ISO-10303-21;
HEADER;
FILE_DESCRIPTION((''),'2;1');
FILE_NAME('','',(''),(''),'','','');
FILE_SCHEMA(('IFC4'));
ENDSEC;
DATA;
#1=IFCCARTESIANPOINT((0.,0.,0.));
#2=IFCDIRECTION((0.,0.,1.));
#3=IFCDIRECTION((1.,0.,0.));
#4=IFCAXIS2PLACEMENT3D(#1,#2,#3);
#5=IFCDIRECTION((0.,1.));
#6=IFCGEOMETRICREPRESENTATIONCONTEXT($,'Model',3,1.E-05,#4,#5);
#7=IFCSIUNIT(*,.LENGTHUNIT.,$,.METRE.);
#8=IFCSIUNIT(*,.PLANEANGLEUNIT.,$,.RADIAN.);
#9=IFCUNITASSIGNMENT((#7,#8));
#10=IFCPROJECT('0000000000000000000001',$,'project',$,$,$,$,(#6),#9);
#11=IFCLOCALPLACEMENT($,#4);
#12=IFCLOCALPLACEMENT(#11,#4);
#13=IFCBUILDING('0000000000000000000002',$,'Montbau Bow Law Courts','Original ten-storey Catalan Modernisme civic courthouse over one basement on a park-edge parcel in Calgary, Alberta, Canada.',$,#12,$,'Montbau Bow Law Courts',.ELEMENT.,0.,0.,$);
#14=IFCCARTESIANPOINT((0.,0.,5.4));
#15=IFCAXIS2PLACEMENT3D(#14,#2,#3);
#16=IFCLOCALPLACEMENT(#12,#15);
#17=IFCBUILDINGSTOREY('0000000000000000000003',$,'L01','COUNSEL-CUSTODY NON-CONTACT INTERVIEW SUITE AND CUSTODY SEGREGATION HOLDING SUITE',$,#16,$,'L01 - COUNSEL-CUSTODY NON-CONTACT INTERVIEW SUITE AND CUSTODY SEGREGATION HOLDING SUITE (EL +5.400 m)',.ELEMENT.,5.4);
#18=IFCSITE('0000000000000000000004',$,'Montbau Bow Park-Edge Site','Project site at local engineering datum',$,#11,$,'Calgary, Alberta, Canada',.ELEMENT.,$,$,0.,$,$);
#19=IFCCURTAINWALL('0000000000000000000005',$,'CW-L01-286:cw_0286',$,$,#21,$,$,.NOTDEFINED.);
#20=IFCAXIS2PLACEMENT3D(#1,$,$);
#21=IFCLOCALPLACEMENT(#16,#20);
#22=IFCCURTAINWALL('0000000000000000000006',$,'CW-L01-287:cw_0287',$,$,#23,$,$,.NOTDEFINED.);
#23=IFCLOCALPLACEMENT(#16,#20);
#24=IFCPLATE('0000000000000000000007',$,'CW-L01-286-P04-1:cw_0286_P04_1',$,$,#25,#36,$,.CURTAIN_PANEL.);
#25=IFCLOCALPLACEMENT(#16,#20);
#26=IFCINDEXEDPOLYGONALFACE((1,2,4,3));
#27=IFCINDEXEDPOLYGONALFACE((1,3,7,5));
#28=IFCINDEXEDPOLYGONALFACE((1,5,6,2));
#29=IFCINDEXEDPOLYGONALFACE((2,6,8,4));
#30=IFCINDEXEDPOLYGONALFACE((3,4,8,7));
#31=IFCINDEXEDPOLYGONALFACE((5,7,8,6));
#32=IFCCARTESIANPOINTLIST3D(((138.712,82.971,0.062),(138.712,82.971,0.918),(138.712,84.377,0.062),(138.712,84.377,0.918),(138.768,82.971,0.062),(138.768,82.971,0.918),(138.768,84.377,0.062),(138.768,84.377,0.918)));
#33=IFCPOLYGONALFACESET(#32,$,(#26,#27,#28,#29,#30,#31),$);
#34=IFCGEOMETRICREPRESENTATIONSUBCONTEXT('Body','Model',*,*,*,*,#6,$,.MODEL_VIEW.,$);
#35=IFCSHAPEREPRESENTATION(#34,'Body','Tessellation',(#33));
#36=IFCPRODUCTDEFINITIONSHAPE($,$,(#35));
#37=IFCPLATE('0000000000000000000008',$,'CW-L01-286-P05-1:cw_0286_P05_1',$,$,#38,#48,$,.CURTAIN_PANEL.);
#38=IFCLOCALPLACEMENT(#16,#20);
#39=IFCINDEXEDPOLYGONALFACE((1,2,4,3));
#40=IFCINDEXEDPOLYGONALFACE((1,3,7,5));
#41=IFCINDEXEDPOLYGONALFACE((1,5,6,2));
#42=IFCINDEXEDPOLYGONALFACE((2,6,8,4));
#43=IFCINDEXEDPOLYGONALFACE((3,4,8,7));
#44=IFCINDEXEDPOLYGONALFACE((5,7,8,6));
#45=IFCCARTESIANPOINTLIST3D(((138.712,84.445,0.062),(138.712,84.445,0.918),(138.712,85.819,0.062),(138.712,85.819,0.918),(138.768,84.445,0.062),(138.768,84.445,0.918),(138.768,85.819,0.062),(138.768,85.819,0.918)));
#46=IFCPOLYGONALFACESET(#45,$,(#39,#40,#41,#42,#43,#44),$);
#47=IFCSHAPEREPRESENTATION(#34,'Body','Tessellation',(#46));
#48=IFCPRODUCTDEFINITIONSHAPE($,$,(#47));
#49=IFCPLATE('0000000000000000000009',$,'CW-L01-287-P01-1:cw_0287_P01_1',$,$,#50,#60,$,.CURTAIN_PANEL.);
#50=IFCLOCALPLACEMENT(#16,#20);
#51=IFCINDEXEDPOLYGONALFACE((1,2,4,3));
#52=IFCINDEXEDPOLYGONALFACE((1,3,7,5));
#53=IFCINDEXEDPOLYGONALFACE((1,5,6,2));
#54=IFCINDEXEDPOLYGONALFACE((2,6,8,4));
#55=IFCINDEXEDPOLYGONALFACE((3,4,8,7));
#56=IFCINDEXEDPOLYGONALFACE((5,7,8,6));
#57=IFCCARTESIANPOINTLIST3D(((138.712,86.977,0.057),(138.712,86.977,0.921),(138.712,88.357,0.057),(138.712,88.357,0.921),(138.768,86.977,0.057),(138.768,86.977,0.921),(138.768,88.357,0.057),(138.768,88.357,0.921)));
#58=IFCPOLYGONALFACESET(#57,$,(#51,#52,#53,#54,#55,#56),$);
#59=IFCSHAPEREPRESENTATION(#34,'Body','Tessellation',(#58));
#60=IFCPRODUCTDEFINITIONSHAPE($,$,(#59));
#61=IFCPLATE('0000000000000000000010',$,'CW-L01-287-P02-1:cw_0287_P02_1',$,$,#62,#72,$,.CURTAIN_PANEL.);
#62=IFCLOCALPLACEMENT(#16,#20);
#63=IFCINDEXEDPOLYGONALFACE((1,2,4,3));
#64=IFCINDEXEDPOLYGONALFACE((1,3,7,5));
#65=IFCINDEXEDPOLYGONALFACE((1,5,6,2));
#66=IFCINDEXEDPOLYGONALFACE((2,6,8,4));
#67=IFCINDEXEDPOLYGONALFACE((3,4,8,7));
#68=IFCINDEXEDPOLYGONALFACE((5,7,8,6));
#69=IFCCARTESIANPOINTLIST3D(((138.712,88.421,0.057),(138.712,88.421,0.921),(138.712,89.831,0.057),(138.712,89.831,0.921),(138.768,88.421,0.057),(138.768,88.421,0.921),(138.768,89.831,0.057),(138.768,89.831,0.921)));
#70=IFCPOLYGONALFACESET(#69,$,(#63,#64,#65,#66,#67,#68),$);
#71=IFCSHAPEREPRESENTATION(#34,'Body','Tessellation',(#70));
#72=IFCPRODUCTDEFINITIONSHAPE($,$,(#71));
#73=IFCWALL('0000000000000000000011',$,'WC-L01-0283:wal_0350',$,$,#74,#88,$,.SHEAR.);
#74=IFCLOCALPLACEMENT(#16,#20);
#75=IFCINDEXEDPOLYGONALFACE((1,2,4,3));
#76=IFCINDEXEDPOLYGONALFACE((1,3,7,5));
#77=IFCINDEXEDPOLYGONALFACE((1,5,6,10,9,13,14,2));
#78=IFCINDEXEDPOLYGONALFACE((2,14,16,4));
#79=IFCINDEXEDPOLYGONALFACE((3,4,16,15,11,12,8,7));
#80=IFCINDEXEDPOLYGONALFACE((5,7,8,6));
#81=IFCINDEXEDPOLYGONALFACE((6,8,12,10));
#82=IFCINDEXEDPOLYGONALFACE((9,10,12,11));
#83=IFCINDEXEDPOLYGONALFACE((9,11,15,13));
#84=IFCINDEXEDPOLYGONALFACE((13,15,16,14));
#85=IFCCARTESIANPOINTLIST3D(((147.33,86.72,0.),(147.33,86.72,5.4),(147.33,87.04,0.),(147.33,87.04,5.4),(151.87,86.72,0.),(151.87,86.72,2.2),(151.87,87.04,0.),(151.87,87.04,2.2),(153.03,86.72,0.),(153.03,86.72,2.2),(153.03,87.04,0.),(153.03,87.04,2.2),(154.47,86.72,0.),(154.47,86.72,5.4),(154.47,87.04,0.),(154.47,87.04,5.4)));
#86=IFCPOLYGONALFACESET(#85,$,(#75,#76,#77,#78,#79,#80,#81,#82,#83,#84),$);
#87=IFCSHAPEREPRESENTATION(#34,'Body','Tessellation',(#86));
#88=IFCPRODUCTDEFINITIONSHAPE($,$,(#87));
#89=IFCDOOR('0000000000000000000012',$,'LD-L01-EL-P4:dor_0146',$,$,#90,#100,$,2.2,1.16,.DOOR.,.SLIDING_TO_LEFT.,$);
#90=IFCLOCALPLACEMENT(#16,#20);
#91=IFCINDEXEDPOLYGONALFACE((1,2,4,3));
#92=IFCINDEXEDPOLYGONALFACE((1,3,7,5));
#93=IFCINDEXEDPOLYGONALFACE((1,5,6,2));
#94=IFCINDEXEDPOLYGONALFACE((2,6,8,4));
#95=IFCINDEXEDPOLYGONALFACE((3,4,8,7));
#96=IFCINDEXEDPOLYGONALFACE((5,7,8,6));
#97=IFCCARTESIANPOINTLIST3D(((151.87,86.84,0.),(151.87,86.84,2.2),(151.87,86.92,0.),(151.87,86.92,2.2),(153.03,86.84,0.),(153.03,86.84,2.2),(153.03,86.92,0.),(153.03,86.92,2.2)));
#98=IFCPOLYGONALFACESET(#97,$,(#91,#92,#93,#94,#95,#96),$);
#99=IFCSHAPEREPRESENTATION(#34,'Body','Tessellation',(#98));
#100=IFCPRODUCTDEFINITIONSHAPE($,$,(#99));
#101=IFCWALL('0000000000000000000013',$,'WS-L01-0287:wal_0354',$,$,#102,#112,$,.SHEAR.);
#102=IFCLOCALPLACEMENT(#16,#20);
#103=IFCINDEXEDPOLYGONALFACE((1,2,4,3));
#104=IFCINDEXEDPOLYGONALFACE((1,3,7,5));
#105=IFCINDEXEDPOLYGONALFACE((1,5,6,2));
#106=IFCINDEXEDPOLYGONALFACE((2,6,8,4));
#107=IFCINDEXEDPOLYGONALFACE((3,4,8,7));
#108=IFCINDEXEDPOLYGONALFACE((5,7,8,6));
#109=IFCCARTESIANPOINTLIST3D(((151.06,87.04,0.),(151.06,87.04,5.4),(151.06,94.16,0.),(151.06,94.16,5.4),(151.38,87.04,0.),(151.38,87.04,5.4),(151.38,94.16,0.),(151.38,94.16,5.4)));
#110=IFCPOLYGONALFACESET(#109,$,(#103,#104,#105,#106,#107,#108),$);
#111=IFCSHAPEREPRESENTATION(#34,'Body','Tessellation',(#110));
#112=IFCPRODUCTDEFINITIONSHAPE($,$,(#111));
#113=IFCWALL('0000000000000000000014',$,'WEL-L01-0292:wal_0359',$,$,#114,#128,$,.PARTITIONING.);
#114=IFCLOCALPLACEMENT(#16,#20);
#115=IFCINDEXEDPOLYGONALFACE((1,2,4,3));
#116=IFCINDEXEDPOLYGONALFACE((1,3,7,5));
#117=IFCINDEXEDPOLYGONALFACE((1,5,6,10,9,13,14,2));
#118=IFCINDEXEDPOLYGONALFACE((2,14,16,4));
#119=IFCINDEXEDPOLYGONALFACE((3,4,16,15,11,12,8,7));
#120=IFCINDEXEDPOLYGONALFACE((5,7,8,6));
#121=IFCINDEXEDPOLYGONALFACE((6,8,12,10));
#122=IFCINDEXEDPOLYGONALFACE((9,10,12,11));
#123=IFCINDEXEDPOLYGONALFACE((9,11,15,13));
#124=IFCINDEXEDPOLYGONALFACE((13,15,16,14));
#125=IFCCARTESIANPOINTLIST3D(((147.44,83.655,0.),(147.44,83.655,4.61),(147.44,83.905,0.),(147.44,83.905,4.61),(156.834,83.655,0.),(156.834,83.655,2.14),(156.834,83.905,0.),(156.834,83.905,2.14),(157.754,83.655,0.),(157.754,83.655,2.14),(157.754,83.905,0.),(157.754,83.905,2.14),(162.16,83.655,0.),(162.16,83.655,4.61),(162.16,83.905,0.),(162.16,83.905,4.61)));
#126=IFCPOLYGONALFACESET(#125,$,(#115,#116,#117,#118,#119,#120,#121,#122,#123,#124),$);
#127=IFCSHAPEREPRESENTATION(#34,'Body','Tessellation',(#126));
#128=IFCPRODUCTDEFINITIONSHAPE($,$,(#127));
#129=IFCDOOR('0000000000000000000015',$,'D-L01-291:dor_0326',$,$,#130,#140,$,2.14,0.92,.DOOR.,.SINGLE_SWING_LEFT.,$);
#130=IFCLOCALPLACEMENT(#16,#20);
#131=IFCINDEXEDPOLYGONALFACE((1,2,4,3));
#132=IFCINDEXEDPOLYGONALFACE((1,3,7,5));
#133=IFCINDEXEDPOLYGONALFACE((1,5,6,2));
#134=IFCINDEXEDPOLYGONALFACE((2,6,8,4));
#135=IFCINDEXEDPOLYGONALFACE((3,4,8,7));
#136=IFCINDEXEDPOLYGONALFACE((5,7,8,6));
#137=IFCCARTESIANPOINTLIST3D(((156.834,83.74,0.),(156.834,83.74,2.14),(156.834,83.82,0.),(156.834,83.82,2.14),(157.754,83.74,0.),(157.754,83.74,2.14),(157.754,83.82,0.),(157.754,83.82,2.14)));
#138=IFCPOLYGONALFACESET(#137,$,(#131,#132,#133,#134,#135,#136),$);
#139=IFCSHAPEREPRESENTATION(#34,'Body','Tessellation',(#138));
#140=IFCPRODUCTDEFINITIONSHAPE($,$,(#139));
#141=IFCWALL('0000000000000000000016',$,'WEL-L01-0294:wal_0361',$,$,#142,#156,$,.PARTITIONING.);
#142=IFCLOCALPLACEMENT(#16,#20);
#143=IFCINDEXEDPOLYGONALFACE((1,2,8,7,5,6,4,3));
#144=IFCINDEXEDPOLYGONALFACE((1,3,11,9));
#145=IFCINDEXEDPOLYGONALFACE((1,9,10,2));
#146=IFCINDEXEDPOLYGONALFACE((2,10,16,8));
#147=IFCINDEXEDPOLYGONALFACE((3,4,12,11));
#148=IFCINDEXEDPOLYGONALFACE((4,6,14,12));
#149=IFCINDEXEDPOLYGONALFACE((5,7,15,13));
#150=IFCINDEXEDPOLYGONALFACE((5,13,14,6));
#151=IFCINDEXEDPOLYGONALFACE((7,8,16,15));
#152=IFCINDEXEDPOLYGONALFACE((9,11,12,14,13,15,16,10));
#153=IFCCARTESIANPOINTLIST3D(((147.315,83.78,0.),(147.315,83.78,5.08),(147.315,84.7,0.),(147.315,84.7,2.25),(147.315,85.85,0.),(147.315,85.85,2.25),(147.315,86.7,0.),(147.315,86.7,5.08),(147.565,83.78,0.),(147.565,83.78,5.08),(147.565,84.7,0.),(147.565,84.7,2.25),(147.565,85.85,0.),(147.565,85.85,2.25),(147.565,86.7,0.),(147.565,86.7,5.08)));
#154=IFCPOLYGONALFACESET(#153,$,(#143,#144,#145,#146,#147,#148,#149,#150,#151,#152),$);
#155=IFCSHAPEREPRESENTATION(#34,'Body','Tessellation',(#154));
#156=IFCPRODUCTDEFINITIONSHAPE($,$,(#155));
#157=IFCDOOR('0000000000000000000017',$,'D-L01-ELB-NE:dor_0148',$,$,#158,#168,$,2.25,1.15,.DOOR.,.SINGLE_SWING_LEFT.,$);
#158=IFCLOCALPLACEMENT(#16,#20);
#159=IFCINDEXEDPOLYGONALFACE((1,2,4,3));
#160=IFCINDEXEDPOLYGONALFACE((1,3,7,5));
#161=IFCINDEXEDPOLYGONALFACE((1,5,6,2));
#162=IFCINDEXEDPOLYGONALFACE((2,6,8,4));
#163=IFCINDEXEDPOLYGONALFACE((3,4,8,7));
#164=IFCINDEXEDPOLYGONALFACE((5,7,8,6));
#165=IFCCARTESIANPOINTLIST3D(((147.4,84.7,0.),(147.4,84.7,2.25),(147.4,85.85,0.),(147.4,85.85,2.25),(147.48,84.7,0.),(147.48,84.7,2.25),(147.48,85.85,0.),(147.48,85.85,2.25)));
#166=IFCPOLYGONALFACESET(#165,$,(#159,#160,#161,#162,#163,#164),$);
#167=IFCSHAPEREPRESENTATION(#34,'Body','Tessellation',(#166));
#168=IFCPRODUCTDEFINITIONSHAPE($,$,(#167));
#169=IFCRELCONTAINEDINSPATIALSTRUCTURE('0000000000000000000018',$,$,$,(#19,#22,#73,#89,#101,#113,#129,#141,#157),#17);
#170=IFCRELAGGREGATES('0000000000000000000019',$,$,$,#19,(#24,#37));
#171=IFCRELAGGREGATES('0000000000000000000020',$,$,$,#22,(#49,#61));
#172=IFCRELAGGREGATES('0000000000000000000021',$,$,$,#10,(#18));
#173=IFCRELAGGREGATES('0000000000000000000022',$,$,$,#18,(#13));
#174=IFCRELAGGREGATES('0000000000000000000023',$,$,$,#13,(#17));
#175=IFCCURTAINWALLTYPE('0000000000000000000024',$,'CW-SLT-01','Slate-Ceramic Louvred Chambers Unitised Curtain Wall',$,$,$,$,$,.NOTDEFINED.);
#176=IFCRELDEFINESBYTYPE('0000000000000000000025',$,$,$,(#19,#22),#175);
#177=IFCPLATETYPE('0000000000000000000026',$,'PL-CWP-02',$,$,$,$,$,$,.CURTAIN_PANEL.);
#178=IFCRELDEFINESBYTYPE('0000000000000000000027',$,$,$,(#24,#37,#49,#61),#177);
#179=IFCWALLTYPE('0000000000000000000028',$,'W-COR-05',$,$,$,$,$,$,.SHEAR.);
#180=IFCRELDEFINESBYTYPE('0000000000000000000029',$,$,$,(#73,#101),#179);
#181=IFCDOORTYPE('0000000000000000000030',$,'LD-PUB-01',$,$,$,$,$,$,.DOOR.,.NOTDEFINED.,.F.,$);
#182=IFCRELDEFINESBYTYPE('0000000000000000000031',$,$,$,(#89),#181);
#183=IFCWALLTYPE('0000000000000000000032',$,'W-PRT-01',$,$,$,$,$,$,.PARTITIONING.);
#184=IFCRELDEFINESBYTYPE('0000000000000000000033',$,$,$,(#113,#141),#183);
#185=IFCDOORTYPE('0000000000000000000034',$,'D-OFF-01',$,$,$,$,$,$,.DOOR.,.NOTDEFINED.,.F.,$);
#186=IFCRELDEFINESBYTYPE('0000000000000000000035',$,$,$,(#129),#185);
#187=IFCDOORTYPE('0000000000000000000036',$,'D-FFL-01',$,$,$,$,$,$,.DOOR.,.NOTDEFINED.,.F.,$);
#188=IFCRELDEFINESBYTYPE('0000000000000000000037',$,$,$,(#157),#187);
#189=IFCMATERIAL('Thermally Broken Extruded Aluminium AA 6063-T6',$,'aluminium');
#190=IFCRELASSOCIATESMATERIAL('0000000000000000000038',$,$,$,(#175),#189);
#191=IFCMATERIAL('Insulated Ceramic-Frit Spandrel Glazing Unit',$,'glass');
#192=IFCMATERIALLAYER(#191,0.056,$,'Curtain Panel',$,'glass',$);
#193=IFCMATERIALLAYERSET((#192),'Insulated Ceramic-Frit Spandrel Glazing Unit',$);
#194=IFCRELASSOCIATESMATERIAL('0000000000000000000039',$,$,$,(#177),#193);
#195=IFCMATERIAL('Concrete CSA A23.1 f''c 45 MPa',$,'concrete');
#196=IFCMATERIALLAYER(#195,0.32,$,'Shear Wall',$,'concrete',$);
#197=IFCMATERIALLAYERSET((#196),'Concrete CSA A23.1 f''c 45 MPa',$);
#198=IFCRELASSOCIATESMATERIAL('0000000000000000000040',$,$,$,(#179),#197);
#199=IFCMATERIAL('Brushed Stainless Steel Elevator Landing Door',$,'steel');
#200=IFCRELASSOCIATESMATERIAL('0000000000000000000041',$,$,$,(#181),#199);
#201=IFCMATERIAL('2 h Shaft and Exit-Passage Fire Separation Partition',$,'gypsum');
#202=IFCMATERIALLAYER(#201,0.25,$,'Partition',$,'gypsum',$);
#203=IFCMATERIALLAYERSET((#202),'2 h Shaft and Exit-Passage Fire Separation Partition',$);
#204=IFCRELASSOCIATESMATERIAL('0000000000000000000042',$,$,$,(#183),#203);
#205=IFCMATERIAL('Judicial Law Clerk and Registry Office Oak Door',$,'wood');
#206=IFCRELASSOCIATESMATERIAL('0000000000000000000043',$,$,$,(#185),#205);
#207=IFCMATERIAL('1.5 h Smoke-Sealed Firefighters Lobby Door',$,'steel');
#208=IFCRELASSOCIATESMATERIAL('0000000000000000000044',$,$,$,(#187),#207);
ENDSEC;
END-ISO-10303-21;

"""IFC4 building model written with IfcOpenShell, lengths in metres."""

from ifc_helpers import new_model, si_unit, direction, frame, frame_2d, origin_with_axes, place, context, subcontext, project, spatial, rectangle, extrude, material, layer, layer_set, type_object, element, fill, aggregate, save


model = new_model("IFC4")

# Units and contexts
model_context = context("Model", 3, precision=1e-05, world=origin_with_axes(), true_north=direction((0.0, 1.0)))
body_context = subcontext(model_context, "Body", "Model", "MODEL_VIEW")
ifc_project = project(units=[si_unit("LENGTHUNIT", "METRE"), si_unit("PLANEANGLEUNIT", "RADIAN")], contexts=[model_context])

# Site, building, storey
site_placement = place(None, origin_with_axes())
site = spatial("IfcSite", under=ifc_project, at=site_placement, Name="Montbau Bow Park-Edge Site", Description="Project site at local engineering datum", LongName="Calgary, Alberta, Canada", CompositionType="ELEMENT", RefElevation=0.0)
building_placement = place(site_placement, origin_with_axes())
building = spatial("IfcBuilding", under=site, at=building_placement, Name="Montbau Bow Law Courts", Description="Original ten-storey Catalan Modernisme civic courthouse over one basement on a park-edge parcel in Calgary, Alberta, Canada.", LongName="Montbau Bow Law Courts", CompositionType="ELEMENT", ElevationOfRefHeight=0.0, ElevationOfTerrain=0.0)
storey_placement = place(building_placement, frame((0.0, 0.0, 5.4), z_axis=(0.0, 0.0, 1.0), x_axis=(1.0, 0.0, 0.0)))
storey = spatial("IfcBuildingStorey", under=building, at=storey_placement, Name="L01", Description="COUNSEL-CUSTODY NON-CONTACT INTERVIEW SUITE AND CUSTODY SEGREGATION HOLDING SUITE", LongName="L01 - COUNSEL-CUSTODY NON-CONTACT INTERVIEW SUITE AND CUSTODY SEGREGATION HOLDING SUITE (EL +5.400 m)", CompositionType="ELEMENT", Elevation=5.4)

# Curtain walls
ifc_material_1 = material(Name="Thermally Broken Extruded Aluminium AA 6063-T6", Category="aluminium")
curtain_wall_type = type_object("IfcCurtainWallType", Name="CW-SLT-01", Description="Slate-Ceramic Louvred Chambers Unitised Curtain Wall", PredefinedType="NOTDEFINED", material=ifc_material_1)
curtain_wall_1_placement = place(None, frame((138.74, 78.515, 5.4), z_axis=(0.0, 0.0, 1.0), x_axis=(1.0, 0.0, 0.0)))
curtain_wall_1 = element("IfcCurtainWall", 1, at=curtain_wall_1_placement, inside=storey, type_object=curtain_wall_type, Name="CW-L01-286:cw_0286", PredefinedType="NOTDEFINED")
curtain_wall_2_placement = place(None, frame((138.74, 86.915, 5.4), z_axis=(0.0, 0.0, 1.0), x_axis=(1.0, 0.0, 0.0)))
curtain_wall_2 = element("IfcCurtainWall", 2, at=curtain_wall_2_placement, inside=storey, type_object=curtain_wall_type, Name="CW-L01-287:cw_0287", PredefinedType="NOTDEFINED")

# Plates
ifc_material_2 = material(Name="Insulated Ceramic-Frit Spandrel Glazing Unit", Category="glass")
ifc_layer_1 = layer(ifc_material_2, 0.056, Name="Curtain Panel", Category="glass")
ifc_layer_set_1 = layer_set([ifc_layer_1], Name="Insulated Ceramic-Frit Spandrel Glazing Unit")
plate_type_1 = type_object("IfcPlateType", Name="PL-CWP-02", PredefinedType="CURTAIN_PANEL", material=ifc_layer_set_1)
plate_1_placement = place(None, frame((138.74, 82.971, 5.462), z_axis=(1.0, 0.0, 0.0), x_axis=(0.0, 1.0, 0.0)))
plate_1 = element("IfcPlate", 3, at=plate_1_placement, type_object=plate_type_1, Name="CW-L01-286-P04-1:cw_0286_P04_1", PredefinedType="CURTAIN_PANEL", context=body_context, shape_type="SweptSolid", body=[
    extrude(rectangle(XDim=1.406, YDim=0.856, at=frame_2d((0.703, 0.428), x_axis=(1.0, 0.0))), frame((0.0, 0.0, -0.028), z_axis=(0.0, 0.0, 1.0), x_axis=(1.0, 0.0, 0.0)), (0.0, 0.0, 1.0), 0.056),
])
plate_2_placement = place(None, frame((138.74, 84.445, 5.462), z_axis=(1.0, 0.0, 0.0), x_axis=(0.0, 1.0, 0.0)))
plate_2 = element("IfcPlate", 4, at=plate_2_placement, type_object=plate_type_1, Name="CW-L01-286-P05-1:cw_0286_P05_1", PredefinedType="CURTAIN_PANEL", context=body_context, shape_type="SweptSolid", body=[
    extrude(rectangle(XDim=1.374, YDim=0.856, at=frame_2d((0.687, 0.428), x_axis=(1.0, 0.0))), frame((0.0, 0.0, -0.028), z_axis=(0.0, 0.0, 1.0), x_axis=(1.0, 0.0, 0.0)), (0.0, 0.0, 1.0), 0.056),
])
aggregate(curtain_wall_1, [plate_1, plate_2])
plate_3_placement = place(None, frame((138.74, 86.977, 5.457), z_axis=(1.0, 0.0, 0.0), x_axis=(0.0, 1.0, 0.0)))
plate_3 = element("IfcPlate", 5, at=plate_3_placement, type_object=plate_type_1, Name="CW-L01-287-P01-1:cw_0287_P01_1", PredefinedType="CURTAIN_PANEL", context=body_context, shape_type="SweptSolid", body=[
    extrude(rectangle(XDim=1.38, YDim=0.864, at=frame_2d((0.69, 0.432), x_axis=(1.0, 0.0))), frame((0.0, 0.0, -0.028), z_axis=(0.0, 0.0, 1.0), x_axis=(1.0, 0.0, 0.0)), (0.0, 0.0, 1.0), 0.056),
])
plate_4_placement = place(None, frame((138.74, 88.421, 5.457), z_axis=(1.0, 0.0, 0.0), x_axis=(0.0, 1.0, 0.0)))
plate_4 = element("IfcPlate", 6, at=plate_4_placement, type_object=plate_type_1, Name="CW-L01-287-P02-1:cw_0287_P02_1", PredefinedType="CURTAIN_PANEL", context=body_context, shape_type="SweptSolid", body=[
    extrude(rectangle(XDim=1.41, YDim=0.864, at=frame_2d((0.705, 0.432), x_axis=(1.0, 0.0))), frame((0.0, 0.0, -0.028), z_axis=(0.0, 0.0, 1.0), x_axis=(1.0, 0.0, 0.0)), (0.0, 0.0, 1.0), 0.056),
])
aggregate(curtain_wall_2, [plate_3, plate_4])

# Wall, opening, door
ifc_material_3 = material(Name="Concrete CSA A23.1 f'c 45 MPa", Category="concrete")
ifc_layer_2 = layer(ifc_material_3, 0.32, Name="Shear Wall", Category="concrete")
ifc_layer_set_2 = layer_set([ifc_layer_2], Name="Concrete CSA A23.1 f'c 45 MPa")
wall_type_1 = type_object("IfcWallType", Name="W-COR-05", PredefinedType="SHEAR", material=ifc_layer_set_2)
wall_1_placement = place(None, frame((147.33, 86.88, 5.4), z_axis=(0.0, 0.0, 1.0), x_axis=(1.0, 0.0, 0.0)))
wall_1 = element("IfcWall", 7, at=wall_1_placement, inside=storey, type_object=wall_type_1, Name="WC-L01-0283:wal_0350", PredefinedType="SHEAR", context=body_context, shape_type="SweptSolid", body=[
    extrude(rectangle(XDim=7.14, YDim=0.32, at=frame_2d((3.57, 0.0), x_axis=(1.0, 0.0))), origin_with_axes(), (0.0, 0.0, 1.0), 5.4),
])
opening_1_placement = place(None, frame((152.45, 86.88, 5.4), z_axis=(0.0, 0.0, 1.0), x_axis=(1.0, 0.0, 0.0)))
opening_1 = element("IfcOpeningElement", 8, at=opening_1_placement, cuts=wall_1, PredefinedType="OPENING", context=body_context, shape_type="SweptSolid", body=[
    extrude(rectangle(XDim=1.16, YDim=2.2, at=frame_2d((0.0, 1.1), x_axis=(1.0, 0.0))), frame((0.0, 0.17, 0.0), z_axis=(0.0, -1.0, 0.0), x_axis=(1.0, 0.0, 0.0)), (0.0, 0.0, 1.0), 0.34),
])
ifc_material_4 = material(Name="Brushed Stainless Steel Elevator Landing Door", Category="steel")
door_type_1 = type_object("IfcDoorType", Name="LD-PUB-01", OperationType="NOTDEFINED", ParameterTakesPrecedence=False, PredefinedType="DOOR", material=ifc_material_4)
door_1_placement = place(None, frame((152.45, 86.88, 5.4), z_axis=(0.0, 0.0, 1.0), x_axis=(-1.0, 0.0, 0.0)))
door_1 = element("IfcDoor", 9, at=door_1_placement, inside=storey, type_object=door_type_1, Name="LD-L01-EL-P4:dor_0146", OperationType="SLIDING_TO_LEFT", OverallHeight=2.2, OverallWidth=1.16, PredefinedType="DOOR", context=body_context, shape_type="SweptSolid", body=[
    extrude(rectangle(XDim=1.16, YDim=2.2, at=frame_2d((0.0, 1.1), x_axis=(1.0, 0.0))), frame((0.0, 0.04, 0.0), z_axis=(0.0, -1.0, 0.0), x_axis=(1.0, 0.0, 0.0)), (0.0, 0.0, 1.0), 0.08),
])
fill(opening_1, door_1)

# Wall
wall_2_placement = place(None, frame((151.22, 87.04, 5.4), z_axis=(0.0, 0.0, 1.0), x_axis=(0.0, 1.0, 0.0)))
element("IfcWall", 10, at=wall_2_placement, inside=storey, type_object=wall_type_1, Name="WS-L01-0287:wal_0354", PredefinedType="SHEAR", context=body_context, shape_type="SweptSolid", body=[
    extrude(rectangle(XDim=7.12, YDim=0.32, at=frame_2d((3.56, 0.0), x_axis=(1.0, 0.0))), origin_with_axes(), (0.0, 0.0, 1.0), 5.4),
])

# Walls, openings, doors
ifc_material_5 = material(Name="2 h Shaft and Exit-Passage Fire Separation Partition", Category="gypsum")
ifc_layer_3 = layer(ifc_material_5, 0.25, Name="Partition", Category="gypsum")
ifc_layer_set_3 = layer_set([ifc_layer_3], Name="2 h Shaft and Exit-Passage Fire Separation Partition")
wall_type_2 = type_object("IfcWallType", Name="W-PRT-01", PredefinedType="PARTITIONING", material=ifc_layer_set_3)
wall_3_placement = place(None, frame((147.44, 83.78, 5.4), z_axis=(0.0, 0.0, 1.0), x_axis=(1.0, 0.0, 0.0)))
wall_3 = element("IfcWall", 11, at=wall_3_placement, inside=storey, type_object=wall_type_2, Name="WEL-L01-0292:wal_0359", PredefinedType="PARTITIONING", context=body_context, shape_type="SweptSolid", body=[
    extrude(rectangle(XDim=14.72, YDim=0.25, at=frame_2d((7.36, 0.0), x_axis=(1.0, 0.0))), origin_with_axes(), (0.0, 0.0, 1.0), 4.61),
])
opening_2_placement = place(None, frame((157.294, 83.78, 5.4), z_axis=(0.0, 0.0, 1.0), x_axis=(1.0, 0.0, 0.0)))
opening_2 = element("IfcOpeningElement", 12, at=opening_2_placement, cuts=wall_3, PredefinedType="OPENING", context=body_context, shape_type="SweptSolid", body=[
    extrude(rectangle(XDim=0.92, YDim=2.14, at=frame_2d((0.0, 1.07), x_axis=(1.0, 0.0))), frame((0.0, 0.135, 0.0), z_axis=(0.0, -1.0, 0.0), x_axis=(1.0, 0.0, 0.0)), (0.0, 0.0, 1.0), 0.27),
])
ifc_material_6 = material(Name="Judicial Law Clerk and Registry Office Oak Door", Category="wood")
door_type_2 = type_object("IfcDoorType", Name="D-OFF-01", OperationType="NOTDEFINED", ParameterTakesPrecedence=False, PredefinedType="DOOR", material=ifc_material_6)
door_2_placement = place(None, frame((157.294, 83.78, 5.4), z_axis=(0.0, 0.0, 1.0), x_axis=(1.0, 0.0, 0.0)))
door_2 = element("IfcDoor", 13, at=door_2_placement, inside=storey, type_object=door_type_2, Name="D-L01-291:dor_0326", OperationType="SINGLE_SWING_LEFT", OverallHeight=2.14, OverallWidth=0.92, PredefinedType="DOOR", context=body_context, shape_type="SweptSolid", body=[
    extrude(rectangle(XDim=0.92, YDim=2.14, at=frame_2d((0.0, 1.07), x_axis=(1.0, 0.0))), frame((0.0, 0.04, 0.0), z_axis=(0.0, -1.0, 0.0), x_axis=(1.0, 0.0, 0.0)), (0.0, 0.0, 1.0), 0.08),
])
fill(opening_2, door_2)
wall_4_placement = place(None, frame((147.44, 86.7, 5.4), z_axis=(0.0, 0.0, 1.0), x_axis=(0.0, -1.0, 0.0)))
wall_4 = element("IfcWall", 14, at=wall_4_placement, inside=storey, type_object=wall_type_2, Name="WEL-L01-0294:wal_0361", PredefinedType="PARTITIONING", context=body_context, shape_type="SweptSolid", body=[
    extrude(rectangle(XDim=2.92, YDim=0.25, at=frame_2d((1.46, 0.0), x_axis=(1.0, 0.0))), origin_with_axes(), (0.0, 0.0, 1.0), 5.08),
])
opening_3_placement = place(None, frame((147.44, 85.275, 5.4), z_axis=(0.0, 0.0, 1.0), x_axis=(0.0, -1.0, 0.0)))
opening_3 = element("IfcOpeningElement", 15, at=opening_3_placement, cuts=wall_4, PredefinedType="OPENING", context=body_context, shape_type="SweptSolid", body=[
    extrude(rectangle(XDim=1.15, YDim=2.25, at=frame_2d((0.0, 1.125), x_axis=(1.0, 0.0))), frame((0.0, 0.135, 0.0), z_axis=(0.0, -1.0, 0.0), x_axis=(1.0, 0.0, 0.0)), (0.0, 0.0, 1.0), 0.27),
])
ifc_material_7 = material(Name="1.5 h Smoke-Sealed Firefighters Lobby Door", Category="steel")
door_type_3 = type_object("IfcDoorType", Name="D-FFL-01", OperationType="NOTDEFINED", ParameterTakesPrecedence=False, PredefinedType="DOOR", material=ifc_material_7)
door_3_placement = place(None, frame((147.44, 85.275, 5.4), z_axis=(0.0, 0.0, 1.0), x_axis=(0.0, -1.0, 0.0)))
door_3 = element("IfcDoor", 16, at=door_3_placement, inside=storey, type_object=door_type_3, Name="D-L01-ELB-NE:dor_0148", OperationType="SINGLE_SWING_LEFT", OverallHeight=2.25, OverallWidth=1.15, PredefinedType="DOOR", context=body_context, shape_type="SweptSolid", body=[
    extrude(rectangle(XDim=1.15, YDim=2.25, at=frame_2d((0.0, 1.125), x_axis=(1.0, 0.0))), frame((0.0, 0.04, 0.0), z_axis=(0.0, -1.0, 0.0), x_axis=(1.0, 0.0, 0.0)), (0.0, 0.0, 1.0), 0.08),
])
fill(opening_3, door_3)

save(model, "model.ifc")
